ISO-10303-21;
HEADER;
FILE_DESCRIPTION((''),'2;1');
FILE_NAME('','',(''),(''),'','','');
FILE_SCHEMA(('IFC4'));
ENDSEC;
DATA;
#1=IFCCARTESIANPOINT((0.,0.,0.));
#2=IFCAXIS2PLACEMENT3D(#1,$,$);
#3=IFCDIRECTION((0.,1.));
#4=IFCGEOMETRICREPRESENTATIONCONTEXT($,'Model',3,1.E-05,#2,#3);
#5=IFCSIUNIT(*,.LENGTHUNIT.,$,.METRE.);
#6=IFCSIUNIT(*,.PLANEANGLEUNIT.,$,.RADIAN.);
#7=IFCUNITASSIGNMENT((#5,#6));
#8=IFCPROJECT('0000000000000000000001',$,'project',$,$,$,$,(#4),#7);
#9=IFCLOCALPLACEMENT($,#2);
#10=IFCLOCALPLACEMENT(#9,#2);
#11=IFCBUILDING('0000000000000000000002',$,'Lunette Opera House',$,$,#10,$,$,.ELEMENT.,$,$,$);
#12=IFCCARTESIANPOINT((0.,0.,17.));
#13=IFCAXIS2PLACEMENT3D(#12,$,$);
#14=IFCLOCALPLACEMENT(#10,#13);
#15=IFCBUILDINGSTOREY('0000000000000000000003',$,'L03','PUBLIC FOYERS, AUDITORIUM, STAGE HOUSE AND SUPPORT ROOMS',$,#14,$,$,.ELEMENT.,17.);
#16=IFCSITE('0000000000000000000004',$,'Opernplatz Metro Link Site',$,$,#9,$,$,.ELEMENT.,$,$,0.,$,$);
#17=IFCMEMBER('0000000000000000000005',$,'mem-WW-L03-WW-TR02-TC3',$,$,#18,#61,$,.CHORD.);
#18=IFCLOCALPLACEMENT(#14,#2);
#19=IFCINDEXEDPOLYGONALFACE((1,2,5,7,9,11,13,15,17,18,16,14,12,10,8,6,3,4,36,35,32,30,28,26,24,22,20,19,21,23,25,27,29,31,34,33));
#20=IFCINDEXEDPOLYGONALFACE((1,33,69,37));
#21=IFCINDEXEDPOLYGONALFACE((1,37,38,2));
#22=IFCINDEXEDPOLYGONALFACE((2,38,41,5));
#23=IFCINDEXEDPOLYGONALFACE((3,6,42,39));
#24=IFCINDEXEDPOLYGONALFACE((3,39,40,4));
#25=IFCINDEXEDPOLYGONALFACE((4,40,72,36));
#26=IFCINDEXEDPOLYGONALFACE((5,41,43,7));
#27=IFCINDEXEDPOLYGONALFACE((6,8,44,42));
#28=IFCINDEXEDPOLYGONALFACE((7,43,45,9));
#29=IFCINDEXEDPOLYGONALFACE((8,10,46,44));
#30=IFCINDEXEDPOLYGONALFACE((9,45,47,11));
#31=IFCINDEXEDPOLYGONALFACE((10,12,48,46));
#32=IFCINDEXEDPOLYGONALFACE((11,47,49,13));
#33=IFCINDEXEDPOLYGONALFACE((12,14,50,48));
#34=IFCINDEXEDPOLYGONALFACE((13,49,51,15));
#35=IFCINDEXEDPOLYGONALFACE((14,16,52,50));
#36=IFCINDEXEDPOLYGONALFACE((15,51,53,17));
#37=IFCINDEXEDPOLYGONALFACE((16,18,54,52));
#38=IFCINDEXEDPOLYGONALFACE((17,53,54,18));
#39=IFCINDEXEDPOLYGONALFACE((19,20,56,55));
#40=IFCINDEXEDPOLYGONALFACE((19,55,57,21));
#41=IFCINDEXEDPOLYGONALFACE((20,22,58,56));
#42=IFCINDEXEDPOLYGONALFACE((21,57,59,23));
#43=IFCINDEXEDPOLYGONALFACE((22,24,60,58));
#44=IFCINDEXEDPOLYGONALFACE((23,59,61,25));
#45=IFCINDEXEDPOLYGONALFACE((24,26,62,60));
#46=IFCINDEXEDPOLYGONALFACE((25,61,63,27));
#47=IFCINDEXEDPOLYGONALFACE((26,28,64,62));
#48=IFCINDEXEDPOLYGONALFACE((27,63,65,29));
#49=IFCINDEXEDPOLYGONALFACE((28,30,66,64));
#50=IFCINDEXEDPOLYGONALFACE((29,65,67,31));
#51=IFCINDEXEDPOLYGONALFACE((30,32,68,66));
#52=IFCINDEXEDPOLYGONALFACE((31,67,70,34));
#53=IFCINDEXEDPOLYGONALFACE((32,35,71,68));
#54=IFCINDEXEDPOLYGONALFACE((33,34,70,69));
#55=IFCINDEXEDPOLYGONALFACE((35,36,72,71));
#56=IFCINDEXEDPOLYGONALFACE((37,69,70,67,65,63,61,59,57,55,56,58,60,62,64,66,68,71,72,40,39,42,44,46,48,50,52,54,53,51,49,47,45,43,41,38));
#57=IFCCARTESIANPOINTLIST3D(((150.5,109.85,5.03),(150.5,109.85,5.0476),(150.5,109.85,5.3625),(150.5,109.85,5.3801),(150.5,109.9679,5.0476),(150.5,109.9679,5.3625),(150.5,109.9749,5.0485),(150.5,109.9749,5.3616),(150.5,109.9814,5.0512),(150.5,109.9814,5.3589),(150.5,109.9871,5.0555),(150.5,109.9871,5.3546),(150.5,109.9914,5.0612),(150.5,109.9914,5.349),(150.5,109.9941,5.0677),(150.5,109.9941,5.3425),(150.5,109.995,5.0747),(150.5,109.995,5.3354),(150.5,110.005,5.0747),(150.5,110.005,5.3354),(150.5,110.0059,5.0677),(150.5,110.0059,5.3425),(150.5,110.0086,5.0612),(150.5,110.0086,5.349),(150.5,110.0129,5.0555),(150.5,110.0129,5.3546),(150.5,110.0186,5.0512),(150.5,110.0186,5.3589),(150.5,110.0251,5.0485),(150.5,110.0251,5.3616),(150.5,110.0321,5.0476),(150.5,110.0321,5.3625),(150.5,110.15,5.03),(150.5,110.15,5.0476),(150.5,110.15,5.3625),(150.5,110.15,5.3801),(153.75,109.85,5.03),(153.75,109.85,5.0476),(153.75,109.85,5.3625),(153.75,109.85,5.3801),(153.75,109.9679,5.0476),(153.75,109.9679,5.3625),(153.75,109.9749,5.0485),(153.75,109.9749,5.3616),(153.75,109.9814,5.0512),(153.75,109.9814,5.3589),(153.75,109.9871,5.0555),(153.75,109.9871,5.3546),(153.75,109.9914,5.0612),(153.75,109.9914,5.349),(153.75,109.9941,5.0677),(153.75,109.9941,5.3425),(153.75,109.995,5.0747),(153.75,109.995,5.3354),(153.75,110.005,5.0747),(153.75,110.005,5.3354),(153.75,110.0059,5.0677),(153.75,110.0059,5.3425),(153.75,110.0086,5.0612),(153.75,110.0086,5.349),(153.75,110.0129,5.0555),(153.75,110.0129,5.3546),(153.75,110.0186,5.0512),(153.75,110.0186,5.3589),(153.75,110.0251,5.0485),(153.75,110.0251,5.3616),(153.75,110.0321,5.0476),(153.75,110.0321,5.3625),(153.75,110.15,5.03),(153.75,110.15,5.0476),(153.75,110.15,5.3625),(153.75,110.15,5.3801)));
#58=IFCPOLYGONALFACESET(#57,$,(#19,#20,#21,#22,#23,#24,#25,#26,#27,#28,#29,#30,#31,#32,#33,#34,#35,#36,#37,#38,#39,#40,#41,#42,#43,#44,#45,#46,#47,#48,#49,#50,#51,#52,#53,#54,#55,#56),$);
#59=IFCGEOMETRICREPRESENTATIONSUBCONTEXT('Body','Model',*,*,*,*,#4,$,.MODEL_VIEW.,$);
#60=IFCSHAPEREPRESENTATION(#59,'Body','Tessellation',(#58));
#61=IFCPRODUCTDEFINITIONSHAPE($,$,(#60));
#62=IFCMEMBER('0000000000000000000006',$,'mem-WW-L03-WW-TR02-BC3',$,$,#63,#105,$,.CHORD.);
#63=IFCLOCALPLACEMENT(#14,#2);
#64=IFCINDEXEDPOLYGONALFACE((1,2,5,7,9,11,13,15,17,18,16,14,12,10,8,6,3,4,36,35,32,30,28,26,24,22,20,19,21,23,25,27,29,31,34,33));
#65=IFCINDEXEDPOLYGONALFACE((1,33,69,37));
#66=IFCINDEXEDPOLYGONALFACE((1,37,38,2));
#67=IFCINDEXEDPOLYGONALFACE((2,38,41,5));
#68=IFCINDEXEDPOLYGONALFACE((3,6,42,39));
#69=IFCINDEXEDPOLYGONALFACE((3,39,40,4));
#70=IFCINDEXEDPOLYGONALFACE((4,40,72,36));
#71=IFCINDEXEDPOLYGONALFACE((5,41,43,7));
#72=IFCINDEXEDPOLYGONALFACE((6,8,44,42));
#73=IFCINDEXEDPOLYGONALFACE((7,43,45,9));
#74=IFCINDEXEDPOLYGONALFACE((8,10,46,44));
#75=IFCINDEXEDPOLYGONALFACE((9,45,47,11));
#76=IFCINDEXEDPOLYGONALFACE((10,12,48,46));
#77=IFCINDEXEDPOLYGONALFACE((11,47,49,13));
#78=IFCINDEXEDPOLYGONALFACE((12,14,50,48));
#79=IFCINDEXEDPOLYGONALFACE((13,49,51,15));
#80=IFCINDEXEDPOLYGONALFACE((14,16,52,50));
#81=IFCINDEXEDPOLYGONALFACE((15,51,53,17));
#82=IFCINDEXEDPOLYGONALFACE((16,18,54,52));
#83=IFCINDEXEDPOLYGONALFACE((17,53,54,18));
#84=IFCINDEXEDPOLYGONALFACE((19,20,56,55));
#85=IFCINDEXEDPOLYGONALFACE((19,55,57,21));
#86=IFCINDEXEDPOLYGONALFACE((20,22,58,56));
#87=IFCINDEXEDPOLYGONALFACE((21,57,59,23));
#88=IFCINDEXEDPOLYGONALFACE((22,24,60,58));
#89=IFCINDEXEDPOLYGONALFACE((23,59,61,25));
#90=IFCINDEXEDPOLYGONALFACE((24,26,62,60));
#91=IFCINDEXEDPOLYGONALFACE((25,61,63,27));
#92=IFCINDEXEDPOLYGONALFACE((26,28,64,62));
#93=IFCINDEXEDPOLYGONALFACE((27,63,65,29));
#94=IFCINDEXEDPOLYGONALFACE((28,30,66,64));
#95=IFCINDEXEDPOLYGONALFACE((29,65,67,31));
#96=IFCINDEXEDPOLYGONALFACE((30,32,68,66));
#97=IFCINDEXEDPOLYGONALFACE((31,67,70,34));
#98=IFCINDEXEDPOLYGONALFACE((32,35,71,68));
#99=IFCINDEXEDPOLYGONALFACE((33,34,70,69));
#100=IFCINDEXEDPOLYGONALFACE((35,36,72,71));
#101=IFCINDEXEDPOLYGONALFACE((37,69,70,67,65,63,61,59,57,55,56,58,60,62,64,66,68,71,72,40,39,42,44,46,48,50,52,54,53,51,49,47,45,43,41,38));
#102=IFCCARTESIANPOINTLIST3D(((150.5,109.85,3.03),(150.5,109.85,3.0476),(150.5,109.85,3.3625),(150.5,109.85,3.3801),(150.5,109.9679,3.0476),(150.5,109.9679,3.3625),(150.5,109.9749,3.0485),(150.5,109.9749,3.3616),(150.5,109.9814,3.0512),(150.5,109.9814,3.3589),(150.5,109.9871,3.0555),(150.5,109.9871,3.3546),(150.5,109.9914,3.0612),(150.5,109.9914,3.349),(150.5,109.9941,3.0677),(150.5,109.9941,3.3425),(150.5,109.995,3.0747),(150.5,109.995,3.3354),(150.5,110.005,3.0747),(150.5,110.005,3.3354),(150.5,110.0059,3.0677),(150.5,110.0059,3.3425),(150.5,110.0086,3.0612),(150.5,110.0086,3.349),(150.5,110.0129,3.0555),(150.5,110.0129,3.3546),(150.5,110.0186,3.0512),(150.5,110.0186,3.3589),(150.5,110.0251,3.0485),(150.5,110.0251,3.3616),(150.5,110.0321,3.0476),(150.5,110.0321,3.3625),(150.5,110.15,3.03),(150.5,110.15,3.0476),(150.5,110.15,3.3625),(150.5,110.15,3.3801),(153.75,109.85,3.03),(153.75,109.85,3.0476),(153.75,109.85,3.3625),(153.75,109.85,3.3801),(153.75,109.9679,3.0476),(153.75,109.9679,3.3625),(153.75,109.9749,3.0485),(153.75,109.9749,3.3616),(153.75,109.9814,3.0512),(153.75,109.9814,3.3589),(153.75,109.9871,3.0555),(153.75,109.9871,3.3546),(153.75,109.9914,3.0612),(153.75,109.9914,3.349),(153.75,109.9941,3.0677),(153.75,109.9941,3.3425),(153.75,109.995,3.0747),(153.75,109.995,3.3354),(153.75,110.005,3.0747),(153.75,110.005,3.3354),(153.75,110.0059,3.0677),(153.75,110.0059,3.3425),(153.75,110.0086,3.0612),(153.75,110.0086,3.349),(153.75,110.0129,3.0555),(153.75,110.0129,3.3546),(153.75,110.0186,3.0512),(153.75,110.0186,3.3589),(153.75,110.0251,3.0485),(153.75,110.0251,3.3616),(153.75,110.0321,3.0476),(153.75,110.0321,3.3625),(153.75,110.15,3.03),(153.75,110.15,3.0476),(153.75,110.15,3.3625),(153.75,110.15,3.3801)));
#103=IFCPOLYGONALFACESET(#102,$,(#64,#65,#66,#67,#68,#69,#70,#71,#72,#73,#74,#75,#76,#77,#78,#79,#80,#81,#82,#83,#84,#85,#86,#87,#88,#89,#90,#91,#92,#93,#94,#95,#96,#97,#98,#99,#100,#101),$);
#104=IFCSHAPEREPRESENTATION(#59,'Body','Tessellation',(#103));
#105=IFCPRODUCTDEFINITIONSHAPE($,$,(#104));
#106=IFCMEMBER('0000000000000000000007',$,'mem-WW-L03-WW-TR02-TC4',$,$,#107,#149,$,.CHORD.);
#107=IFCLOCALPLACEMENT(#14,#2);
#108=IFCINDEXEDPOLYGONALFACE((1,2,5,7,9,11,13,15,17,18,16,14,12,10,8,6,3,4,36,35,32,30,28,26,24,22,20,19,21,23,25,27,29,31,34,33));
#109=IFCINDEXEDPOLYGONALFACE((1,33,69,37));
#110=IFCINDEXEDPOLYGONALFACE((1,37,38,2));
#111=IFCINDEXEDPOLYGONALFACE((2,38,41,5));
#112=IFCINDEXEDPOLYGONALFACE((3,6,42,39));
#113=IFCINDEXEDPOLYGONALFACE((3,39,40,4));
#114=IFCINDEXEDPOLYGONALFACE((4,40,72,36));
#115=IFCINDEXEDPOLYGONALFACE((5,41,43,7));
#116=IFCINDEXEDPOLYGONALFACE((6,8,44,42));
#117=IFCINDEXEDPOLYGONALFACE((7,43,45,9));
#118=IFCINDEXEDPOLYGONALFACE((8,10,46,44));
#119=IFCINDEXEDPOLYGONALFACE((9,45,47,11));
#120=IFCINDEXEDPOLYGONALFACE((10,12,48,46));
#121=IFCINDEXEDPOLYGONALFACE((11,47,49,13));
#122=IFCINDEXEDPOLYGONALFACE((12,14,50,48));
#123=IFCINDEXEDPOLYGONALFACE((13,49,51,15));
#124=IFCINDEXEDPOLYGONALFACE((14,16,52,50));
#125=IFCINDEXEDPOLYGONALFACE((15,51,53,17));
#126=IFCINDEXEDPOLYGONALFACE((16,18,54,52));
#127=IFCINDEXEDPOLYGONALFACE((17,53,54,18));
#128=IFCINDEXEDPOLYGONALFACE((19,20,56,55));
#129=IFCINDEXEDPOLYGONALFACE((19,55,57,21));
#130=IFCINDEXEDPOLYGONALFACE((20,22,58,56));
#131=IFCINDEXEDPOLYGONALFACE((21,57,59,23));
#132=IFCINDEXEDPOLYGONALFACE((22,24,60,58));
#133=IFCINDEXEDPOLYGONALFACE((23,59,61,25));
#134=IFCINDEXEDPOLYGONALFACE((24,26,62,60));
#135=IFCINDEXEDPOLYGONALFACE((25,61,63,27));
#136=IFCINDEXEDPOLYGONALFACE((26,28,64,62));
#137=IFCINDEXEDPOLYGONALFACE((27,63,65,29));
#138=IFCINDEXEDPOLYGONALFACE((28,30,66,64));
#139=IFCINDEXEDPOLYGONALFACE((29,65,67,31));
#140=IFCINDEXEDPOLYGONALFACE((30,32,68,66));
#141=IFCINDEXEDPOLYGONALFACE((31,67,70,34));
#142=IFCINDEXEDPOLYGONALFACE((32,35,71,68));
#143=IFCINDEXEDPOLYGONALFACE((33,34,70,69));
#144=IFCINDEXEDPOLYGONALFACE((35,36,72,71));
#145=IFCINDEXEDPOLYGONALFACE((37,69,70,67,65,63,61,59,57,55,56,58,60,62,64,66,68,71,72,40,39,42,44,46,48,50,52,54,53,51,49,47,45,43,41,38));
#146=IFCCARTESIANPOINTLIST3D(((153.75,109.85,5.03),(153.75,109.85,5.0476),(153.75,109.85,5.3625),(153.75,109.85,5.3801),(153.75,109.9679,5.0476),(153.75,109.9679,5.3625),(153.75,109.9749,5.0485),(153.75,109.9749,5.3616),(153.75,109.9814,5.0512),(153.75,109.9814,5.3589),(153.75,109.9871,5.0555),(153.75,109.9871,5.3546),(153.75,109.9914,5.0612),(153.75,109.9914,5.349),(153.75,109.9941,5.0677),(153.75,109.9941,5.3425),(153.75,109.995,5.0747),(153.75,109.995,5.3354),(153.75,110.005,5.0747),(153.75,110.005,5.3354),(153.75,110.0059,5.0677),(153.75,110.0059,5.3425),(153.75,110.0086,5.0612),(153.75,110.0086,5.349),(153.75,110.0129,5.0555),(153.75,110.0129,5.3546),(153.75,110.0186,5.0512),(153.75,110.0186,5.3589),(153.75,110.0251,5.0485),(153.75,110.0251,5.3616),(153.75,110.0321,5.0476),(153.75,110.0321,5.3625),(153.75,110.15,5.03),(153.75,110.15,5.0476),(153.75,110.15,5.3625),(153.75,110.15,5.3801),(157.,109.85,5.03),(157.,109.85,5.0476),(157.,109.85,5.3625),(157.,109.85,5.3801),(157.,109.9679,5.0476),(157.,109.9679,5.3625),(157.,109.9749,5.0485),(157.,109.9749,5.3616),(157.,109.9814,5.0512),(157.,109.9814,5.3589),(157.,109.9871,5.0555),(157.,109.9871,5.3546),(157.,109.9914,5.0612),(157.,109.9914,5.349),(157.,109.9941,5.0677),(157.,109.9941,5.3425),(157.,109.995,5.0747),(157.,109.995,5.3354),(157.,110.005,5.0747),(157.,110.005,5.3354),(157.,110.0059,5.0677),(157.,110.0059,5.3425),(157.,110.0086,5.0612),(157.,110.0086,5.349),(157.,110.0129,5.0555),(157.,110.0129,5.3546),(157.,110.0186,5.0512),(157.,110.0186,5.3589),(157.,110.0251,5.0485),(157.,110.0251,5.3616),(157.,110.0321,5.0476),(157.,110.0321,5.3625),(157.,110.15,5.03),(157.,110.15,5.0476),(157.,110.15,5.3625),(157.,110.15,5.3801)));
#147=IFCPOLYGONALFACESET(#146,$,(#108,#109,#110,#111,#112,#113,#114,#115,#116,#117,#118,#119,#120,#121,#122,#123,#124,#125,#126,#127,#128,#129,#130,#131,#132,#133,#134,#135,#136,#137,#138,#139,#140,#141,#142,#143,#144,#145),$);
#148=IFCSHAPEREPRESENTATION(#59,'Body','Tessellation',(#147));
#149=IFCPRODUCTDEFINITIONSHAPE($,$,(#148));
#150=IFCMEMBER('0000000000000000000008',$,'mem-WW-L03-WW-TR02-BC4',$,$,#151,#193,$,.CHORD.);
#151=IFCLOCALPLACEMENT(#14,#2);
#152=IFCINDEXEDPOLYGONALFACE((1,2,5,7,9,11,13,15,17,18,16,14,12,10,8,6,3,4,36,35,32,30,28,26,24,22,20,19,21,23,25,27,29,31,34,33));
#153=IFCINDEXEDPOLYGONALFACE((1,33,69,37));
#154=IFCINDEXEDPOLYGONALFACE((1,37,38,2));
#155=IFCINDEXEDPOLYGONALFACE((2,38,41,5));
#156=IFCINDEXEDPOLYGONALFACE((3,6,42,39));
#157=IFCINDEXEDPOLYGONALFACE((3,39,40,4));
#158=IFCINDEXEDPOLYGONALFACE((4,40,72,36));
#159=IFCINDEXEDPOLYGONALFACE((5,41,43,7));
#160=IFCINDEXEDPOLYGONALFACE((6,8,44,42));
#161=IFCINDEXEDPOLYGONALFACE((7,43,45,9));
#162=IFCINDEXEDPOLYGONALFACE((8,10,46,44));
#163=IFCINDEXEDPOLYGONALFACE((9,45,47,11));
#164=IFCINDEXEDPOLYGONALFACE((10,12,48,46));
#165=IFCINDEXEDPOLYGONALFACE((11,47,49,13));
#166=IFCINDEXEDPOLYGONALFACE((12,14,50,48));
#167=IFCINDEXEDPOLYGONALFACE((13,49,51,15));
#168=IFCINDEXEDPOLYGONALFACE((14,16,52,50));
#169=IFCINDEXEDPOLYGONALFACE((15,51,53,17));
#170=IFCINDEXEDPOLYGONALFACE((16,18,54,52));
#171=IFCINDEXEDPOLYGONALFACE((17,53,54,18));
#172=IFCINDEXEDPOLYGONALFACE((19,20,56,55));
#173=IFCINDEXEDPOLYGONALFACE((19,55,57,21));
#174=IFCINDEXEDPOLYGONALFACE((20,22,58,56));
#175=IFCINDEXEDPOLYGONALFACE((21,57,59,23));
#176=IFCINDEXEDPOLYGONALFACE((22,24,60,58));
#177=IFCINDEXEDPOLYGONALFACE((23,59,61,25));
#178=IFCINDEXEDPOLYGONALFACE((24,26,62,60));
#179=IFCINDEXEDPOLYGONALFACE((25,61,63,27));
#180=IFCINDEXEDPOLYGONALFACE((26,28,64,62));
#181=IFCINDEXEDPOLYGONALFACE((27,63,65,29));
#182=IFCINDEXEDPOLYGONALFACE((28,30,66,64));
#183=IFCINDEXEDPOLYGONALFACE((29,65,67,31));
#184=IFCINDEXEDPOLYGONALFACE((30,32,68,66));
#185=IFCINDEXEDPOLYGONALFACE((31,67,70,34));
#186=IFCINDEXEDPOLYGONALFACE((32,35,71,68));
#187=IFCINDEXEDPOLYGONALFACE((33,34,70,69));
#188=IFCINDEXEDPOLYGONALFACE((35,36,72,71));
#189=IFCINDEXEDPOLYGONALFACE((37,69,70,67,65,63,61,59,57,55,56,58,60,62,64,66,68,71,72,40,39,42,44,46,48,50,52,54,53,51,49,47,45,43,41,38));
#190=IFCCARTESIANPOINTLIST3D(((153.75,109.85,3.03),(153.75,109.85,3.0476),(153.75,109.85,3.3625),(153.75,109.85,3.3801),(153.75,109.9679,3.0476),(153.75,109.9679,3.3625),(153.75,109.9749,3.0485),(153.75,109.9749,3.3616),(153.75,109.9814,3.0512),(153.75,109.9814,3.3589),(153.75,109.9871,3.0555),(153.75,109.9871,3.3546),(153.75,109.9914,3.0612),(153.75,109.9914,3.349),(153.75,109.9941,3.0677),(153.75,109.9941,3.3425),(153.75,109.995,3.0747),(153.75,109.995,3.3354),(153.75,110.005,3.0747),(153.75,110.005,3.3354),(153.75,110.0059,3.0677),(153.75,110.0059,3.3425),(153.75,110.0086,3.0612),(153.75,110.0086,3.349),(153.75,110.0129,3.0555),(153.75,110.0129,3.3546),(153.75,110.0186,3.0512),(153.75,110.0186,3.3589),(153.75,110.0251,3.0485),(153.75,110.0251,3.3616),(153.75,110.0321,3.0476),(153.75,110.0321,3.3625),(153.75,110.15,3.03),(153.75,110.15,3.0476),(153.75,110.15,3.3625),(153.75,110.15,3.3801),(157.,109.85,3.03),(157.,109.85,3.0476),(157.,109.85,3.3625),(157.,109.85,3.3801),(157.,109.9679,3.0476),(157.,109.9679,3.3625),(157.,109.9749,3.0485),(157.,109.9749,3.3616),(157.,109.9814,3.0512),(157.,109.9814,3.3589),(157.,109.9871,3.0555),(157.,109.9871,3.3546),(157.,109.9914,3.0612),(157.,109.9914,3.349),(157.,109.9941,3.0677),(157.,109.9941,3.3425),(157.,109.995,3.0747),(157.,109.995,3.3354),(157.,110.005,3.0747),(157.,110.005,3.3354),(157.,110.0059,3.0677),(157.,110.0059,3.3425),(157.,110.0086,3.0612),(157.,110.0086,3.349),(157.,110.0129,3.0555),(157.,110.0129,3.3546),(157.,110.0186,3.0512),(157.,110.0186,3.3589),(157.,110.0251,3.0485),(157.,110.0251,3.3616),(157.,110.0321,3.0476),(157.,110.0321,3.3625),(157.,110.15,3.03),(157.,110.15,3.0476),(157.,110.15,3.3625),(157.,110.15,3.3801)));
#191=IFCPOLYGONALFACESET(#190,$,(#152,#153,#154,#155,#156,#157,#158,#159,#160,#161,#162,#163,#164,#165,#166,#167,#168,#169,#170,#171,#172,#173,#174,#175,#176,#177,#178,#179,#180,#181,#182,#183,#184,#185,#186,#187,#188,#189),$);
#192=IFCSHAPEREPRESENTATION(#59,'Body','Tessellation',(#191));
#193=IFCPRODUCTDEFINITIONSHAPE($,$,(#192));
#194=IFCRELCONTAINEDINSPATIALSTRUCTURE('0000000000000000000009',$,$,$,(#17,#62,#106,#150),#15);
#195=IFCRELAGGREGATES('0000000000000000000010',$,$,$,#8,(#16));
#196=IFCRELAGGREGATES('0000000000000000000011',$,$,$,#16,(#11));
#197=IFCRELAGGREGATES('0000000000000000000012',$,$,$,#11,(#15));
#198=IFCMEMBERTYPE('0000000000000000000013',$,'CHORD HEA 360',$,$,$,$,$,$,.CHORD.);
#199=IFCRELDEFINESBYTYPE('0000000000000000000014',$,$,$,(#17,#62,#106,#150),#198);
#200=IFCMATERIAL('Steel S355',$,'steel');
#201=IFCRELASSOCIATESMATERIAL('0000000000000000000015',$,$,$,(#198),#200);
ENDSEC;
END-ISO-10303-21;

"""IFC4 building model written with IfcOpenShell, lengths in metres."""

from ifc_helpers import new_model, si_unit, direction, frame, origin, origin_2d, place, context, subcontext, project, spatial, i_section, extrude, material, material_profile, profile_set, type_object, element, save


model = new_model("IFC4")

# Units and contexts
model_context = context("Model", 3, precision=1e-05, world=origin(), true_north=direction((0.0, 1.0)))
body_context = subcontext(model_context, "Body", "Model", "MODEL_VIEW")
ifc_project = project(units=[si_unit("LENGTHUNIT", "METRE"), si_unit("PLANEANGLEUNIT", "RADIAN")], contexts=[model_context])

# Site, building, storey
site_placement = place(None, origin())
site = spatial("IfcSite", under=ifc_project, at=site_placement, Name="Opernplatz Metro Link Site", CompositionType="ELEMENT", RefElevation=0.0)
building_placement = place(site_placement, origin())
building = spatial("IfcBuilding", under=site, at=building_placement, Name="Lunette Opera House", CompositionType="ELEMENT")
storey_placement = place(building_placement, frame((0.0, 0.0, 17.0)))
storey = spatial("IfcBuildingStorey", under=building, at=storey_placement, Name="L03", Description="PUBLIC FOYERS, AUDITORIUM, STAGE HOUSE AND SUPPORT ROOMS", CompositionType="ELEMENT", Elevation=17.0)

# Members
ifc_material_1 = material(Name="Steel S355", Category="steel")
ifc_material_profile_1 = material_profile(ifc_material_1, i_section(OverallWidth=0.3, OverallDepth=0.3501, WebThickness=0.01, FlangeThickness=0.0176, FilletRadius=0.0271, at=origin_2d()), Name="HEA 360")
ifc_profile_set_1 = profile_set([ifc_material_profile_1], Name="Steel S355")
member_type_1 = type_object("IfcMemberType", Name="CHORD HEA 360", PredefinedType="CHORD", material=ifc_profile_set_1)
for number, where, z_axis, x_axis, name in (
    (1, (150.5, 110.0, 5.2051), (1.0, 0.0, 0.0), (0.0, 1.0, 0.0), "mem-WW-L03-WW-TR02-TC3"),
    (2, (150.5, 110.0, 3.2051), (1.0, 0.0, 0.0), (0.0, 1.0, 0.0), "mem-WW-L03-WW-TR02-BC3"),
    (3, (153.75, 110.0, 5.2051), (1.0, 0.0, 0.0), (0.0, 1.0, 0.0), "mem-WW-L03-WW-TR02-TC4"),
    (4, (153.75, 110.0, 3.2051), (1.0, 0.0, 0.0), (0.0, 1.0, 0.0), "mem-WW-L03-WW-TR02-BC4"),
):
    element("IfcMember", number, at=place(storey_placement, frame(where, z_axis=z_axis, x_axis=x_axis)), inside=storey, type_object=member_type_1, Name=name, PredefinedType="CHORD", context=body_context, shape_type="SweptSolid", body=[
        extrude(i_section(OverallWidth=0.3, OverallDepth=0.3501, WebThickness=0.01, FlangeThickness=0.0176, FilletRadius=0.0271, at=origin_2d()), origin(), (0.0, 0.0, 1.0), 3.25),
    ])

save(model, "model.ifc")
